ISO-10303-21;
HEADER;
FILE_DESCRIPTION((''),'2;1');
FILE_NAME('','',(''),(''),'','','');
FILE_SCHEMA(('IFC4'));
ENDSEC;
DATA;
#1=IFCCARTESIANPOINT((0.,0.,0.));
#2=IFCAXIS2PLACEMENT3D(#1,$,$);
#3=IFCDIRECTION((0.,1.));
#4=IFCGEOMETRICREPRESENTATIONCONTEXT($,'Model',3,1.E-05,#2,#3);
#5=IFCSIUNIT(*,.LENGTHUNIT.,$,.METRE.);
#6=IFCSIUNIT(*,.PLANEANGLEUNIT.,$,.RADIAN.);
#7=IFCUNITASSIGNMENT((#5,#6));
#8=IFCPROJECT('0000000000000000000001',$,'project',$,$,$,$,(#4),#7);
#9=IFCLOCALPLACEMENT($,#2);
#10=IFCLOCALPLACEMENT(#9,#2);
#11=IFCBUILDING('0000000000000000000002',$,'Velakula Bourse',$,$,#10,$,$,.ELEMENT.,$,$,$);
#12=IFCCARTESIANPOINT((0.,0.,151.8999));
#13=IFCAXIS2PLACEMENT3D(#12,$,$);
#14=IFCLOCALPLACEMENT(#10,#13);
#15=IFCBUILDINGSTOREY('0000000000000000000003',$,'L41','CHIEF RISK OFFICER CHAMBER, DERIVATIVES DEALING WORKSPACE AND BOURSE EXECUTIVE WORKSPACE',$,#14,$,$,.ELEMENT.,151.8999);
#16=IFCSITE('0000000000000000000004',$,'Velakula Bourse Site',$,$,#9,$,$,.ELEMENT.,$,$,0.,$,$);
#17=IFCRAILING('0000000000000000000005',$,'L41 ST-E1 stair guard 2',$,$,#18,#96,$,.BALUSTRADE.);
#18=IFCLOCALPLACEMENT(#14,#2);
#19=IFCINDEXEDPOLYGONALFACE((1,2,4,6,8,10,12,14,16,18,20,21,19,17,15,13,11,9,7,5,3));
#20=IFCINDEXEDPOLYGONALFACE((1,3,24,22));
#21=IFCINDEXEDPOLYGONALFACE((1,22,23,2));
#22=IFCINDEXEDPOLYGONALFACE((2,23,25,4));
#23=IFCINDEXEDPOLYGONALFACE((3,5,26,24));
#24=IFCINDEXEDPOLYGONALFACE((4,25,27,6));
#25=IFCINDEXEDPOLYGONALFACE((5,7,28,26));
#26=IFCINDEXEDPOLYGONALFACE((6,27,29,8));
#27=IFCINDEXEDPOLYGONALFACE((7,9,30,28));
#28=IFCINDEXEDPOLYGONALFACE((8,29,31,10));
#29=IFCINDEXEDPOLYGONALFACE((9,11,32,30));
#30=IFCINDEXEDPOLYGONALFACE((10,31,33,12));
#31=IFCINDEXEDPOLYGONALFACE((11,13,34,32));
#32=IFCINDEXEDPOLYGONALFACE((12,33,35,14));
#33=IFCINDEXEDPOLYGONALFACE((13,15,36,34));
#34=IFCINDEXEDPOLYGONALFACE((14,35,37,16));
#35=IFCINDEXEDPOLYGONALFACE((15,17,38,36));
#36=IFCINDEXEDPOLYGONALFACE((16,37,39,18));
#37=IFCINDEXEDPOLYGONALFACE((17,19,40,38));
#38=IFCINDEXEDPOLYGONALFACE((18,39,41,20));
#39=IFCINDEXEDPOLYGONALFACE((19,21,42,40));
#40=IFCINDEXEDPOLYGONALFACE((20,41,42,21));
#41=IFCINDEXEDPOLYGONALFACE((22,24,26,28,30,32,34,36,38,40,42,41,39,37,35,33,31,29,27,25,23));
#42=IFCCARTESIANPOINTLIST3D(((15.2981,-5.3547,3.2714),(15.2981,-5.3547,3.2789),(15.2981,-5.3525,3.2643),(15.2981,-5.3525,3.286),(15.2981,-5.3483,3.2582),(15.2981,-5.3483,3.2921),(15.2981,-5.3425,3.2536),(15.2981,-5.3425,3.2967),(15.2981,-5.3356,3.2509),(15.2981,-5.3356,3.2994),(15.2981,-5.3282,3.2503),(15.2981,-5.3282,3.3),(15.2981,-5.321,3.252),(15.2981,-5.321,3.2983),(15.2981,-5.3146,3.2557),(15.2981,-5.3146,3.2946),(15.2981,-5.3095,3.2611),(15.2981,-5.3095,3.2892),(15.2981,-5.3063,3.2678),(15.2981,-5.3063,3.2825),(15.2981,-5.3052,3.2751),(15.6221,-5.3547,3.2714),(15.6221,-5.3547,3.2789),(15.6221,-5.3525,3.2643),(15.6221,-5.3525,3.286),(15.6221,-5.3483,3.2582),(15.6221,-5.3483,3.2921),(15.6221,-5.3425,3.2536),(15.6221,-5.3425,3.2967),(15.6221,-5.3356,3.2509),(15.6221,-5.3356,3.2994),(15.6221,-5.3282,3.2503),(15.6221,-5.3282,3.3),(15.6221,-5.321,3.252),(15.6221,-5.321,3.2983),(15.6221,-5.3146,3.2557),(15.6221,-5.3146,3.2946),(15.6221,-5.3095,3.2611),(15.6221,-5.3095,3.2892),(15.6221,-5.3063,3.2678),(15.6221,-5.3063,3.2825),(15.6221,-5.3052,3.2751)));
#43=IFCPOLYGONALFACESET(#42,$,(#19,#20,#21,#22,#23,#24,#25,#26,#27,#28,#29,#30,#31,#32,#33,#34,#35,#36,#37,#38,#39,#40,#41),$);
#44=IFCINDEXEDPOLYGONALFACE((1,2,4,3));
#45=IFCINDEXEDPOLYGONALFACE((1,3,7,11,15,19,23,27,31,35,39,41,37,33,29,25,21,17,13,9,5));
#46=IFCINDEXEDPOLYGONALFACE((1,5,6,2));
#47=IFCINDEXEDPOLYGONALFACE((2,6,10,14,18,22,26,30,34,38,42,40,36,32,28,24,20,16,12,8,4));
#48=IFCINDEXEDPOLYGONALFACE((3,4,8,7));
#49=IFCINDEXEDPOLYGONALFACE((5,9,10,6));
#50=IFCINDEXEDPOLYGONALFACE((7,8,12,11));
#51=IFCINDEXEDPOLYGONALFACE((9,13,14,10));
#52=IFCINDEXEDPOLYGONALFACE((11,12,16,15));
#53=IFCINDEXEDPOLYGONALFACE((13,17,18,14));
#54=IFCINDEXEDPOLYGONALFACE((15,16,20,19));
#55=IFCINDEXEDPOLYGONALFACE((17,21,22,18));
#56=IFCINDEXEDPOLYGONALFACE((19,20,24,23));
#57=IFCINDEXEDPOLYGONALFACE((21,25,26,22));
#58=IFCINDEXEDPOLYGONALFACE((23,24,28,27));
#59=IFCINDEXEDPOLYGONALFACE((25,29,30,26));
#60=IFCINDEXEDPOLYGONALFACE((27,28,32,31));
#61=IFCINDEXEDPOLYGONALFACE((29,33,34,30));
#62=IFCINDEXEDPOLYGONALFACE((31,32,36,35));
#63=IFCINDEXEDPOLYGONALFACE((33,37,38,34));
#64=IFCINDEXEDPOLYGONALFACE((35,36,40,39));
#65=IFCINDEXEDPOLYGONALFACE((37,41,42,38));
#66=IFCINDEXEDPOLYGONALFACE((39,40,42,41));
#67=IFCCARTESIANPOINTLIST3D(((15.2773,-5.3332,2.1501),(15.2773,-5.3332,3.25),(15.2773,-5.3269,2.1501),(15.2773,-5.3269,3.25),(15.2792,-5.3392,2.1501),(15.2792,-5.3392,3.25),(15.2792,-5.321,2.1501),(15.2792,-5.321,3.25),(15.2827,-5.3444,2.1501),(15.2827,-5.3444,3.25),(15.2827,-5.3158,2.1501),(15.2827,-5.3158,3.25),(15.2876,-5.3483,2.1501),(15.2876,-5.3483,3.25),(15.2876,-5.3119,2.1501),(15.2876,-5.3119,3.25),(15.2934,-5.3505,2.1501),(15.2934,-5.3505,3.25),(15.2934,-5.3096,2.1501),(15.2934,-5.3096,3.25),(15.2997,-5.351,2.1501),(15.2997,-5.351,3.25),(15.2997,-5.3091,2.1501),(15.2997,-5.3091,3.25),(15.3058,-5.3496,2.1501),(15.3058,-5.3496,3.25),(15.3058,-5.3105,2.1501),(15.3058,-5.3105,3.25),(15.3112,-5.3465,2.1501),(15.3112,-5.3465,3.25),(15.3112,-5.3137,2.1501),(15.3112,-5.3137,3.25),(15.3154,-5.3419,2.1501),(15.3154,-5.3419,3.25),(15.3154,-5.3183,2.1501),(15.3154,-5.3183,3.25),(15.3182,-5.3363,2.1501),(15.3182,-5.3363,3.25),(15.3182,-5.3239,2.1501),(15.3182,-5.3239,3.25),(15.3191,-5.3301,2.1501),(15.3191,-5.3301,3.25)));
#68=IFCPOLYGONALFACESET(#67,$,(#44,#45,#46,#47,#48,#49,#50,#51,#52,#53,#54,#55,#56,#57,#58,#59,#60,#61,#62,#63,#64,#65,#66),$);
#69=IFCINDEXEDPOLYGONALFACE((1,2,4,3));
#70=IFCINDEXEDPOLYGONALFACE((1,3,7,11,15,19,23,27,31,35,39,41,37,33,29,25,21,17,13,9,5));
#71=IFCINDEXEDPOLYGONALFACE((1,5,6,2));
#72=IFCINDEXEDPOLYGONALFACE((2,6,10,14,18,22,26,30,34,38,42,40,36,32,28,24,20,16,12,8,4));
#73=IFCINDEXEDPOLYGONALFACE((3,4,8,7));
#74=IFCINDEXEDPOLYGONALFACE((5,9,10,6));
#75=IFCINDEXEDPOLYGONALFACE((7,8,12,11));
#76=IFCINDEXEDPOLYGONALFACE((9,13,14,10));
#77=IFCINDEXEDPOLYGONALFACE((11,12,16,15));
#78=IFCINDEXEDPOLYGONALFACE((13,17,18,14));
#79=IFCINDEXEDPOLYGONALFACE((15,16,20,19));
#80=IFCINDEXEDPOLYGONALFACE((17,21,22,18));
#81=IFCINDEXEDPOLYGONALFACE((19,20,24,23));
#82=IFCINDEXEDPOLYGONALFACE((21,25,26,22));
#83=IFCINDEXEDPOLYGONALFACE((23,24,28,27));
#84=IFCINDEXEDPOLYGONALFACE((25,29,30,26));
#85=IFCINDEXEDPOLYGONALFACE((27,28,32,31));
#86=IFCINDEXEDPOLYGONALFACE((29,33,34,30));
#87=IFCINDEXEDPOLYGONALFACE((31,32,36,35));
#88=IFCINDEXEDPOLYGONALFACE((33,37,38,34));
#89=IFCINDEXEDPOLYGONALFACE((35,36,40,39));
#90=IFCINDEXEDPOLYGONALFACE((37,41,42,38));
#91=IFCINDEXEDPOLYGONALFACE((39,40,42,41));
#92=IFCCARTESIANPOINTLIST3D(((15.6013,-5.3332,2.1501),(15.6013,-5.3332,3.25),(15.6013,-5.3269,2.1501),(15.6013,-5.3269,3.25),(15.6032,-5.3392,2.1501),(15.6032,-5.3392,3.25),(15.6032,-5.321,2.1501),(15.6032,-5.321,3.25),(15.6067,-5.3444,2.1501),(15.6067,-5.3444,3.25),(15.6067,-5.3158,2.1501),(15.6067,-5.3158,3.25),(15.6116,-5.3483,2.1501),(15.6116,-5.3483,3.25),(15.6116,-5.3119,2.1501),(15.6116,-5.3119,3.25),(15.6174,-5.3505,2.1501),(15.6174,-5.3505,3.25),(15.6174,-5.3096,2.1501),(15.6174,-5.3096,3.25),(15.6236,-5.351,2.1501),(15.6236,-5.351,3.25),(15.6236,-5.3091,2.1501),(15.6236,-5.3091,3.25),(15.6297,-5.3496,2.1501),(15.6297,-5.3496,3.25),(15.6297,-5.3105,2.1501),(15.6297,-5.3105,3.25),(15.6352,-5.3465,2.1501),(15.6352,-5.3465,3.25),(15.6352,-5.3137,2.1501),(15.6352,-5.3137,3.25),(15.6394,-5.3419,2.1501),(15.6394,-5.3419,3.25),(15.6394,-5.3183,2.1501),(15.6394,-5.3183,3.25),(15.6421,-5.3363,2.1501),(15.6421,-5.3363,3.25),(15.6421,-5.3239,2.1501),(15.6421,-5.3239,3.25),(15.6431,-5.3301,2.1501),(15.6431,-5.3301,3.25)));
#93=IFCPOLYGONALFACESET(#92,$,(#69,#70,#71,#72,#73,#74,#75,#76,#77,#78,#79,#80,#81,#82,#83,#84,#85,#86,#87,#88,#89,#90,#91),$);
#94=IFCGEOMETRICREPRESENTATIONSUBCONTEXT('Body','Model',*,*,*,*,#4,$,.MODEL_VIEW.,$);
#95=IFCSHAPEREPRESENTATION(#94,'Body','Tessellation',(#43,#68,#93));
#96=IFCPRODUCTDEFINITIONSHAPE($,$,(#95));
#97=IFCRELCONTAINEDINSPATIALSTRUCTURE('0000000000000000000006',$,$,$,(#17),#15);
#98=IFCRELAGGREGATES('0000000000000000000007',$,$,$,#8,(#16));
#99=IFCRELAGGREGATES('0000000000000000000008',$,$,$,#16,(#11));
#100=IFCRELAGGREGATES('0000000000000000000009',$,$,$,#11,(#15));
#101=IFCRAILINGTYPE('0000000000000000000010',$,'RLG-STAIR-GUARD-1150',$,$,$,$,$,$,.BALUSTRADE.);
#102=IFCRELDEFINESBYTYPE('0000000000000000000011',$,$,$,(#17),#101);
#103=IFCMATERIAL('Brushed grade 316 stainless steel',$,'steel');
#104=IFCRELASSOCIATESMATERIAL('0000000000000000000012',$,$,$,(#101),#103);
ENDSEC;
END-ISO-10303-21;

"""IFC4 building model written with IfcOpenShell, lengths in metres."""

from ifc_helpers import new_model, si_unit, direction, frame, origin, origin_2d, place, context, subcontext, project, spatial, circle, extrude, material, type_object, element, save


model = new_model("IFC4")

# Units and contexts
model_context = context("Model", 3, precision=1e-05, world=origin(), true_north=direction((0.0, 1.0)))
body_context = subcontext(model_context, "Body", "Model", "MODEL_VIEW")
ifc_project = project(units=[si_unit("LENGTHUNIT", "METRE"), si_unit("PLANEANGLEUNIT", "RADIAN")], contexts=[model_context])

# Site, building, storey
site_placement = place(None, origin())
site = spatial("IfcSite", under=ifc_project, at=site_placement, Name="Velakula Bourse Site", CompositionType="ELEMENT", RefElevation=0.0)
building_placement = place(site_placement, origin())
building = spatial("IfcBuilding", under=site, at=building_placement, Name="Velakula Bourse", CompositionType="ELEMENT")
storey_placement = place(building_placement, frame((0.0, 0.0, 151.8999)))
storey = spatial("IfcBuildingStorey", under=building, at=storey_placement, Name="L41", Description="CHIEF RISK OFFICER CHAMBER, DERIVATIVES DEALING WORKSPACE AND BOURSE EXECUTIVE WORKSPACE", CompositionType="ELEMENT", Elevation=151.8999)

# Shared definitions
ifc_material_1 = material(Name="Brushed grade 316 stainless steel", Category="steel")

# Railing
railing_type_1 = type_object("IfcRailingType", Name="RLG-STAIR-GUARD-1150", PredefinedType="BALUSTRADE", material=ifc_material_1)
railing_1_placement = place(storey_placement, frame((15.2981, -5.3301, 2.1501)))
element("IfcRailing", 1, at=railing_1_placement, inside=storey, type_object=railing_type_1, Name="L41 ST-E1 stair guard 2", PredefinedType="BALUSTRADE", context=body_context, shape_type="SweptSolid", body=[
    extrude(circle(Radius=0.0249, at=origin_2d()), frame((0.0, 0.0, 1.125), z_axis=(1.0, 0.0, 0.0), x_axis=(0.0, 1.0, 0.0)), (0.0, 0.0, 1.0), 0.324),
    extrude(circle(Radius=0.021, at=origin_2d()), origin(), (0.0, 0.0, 1.0), 1.0999),
    extrude(circle(Radius=0.021, at=origin_2d()), frame((0.324, 0.0, 0.0)), (0.0, 0.0, 1.0), 1.0999),
])

save(model, "model.ifc")
